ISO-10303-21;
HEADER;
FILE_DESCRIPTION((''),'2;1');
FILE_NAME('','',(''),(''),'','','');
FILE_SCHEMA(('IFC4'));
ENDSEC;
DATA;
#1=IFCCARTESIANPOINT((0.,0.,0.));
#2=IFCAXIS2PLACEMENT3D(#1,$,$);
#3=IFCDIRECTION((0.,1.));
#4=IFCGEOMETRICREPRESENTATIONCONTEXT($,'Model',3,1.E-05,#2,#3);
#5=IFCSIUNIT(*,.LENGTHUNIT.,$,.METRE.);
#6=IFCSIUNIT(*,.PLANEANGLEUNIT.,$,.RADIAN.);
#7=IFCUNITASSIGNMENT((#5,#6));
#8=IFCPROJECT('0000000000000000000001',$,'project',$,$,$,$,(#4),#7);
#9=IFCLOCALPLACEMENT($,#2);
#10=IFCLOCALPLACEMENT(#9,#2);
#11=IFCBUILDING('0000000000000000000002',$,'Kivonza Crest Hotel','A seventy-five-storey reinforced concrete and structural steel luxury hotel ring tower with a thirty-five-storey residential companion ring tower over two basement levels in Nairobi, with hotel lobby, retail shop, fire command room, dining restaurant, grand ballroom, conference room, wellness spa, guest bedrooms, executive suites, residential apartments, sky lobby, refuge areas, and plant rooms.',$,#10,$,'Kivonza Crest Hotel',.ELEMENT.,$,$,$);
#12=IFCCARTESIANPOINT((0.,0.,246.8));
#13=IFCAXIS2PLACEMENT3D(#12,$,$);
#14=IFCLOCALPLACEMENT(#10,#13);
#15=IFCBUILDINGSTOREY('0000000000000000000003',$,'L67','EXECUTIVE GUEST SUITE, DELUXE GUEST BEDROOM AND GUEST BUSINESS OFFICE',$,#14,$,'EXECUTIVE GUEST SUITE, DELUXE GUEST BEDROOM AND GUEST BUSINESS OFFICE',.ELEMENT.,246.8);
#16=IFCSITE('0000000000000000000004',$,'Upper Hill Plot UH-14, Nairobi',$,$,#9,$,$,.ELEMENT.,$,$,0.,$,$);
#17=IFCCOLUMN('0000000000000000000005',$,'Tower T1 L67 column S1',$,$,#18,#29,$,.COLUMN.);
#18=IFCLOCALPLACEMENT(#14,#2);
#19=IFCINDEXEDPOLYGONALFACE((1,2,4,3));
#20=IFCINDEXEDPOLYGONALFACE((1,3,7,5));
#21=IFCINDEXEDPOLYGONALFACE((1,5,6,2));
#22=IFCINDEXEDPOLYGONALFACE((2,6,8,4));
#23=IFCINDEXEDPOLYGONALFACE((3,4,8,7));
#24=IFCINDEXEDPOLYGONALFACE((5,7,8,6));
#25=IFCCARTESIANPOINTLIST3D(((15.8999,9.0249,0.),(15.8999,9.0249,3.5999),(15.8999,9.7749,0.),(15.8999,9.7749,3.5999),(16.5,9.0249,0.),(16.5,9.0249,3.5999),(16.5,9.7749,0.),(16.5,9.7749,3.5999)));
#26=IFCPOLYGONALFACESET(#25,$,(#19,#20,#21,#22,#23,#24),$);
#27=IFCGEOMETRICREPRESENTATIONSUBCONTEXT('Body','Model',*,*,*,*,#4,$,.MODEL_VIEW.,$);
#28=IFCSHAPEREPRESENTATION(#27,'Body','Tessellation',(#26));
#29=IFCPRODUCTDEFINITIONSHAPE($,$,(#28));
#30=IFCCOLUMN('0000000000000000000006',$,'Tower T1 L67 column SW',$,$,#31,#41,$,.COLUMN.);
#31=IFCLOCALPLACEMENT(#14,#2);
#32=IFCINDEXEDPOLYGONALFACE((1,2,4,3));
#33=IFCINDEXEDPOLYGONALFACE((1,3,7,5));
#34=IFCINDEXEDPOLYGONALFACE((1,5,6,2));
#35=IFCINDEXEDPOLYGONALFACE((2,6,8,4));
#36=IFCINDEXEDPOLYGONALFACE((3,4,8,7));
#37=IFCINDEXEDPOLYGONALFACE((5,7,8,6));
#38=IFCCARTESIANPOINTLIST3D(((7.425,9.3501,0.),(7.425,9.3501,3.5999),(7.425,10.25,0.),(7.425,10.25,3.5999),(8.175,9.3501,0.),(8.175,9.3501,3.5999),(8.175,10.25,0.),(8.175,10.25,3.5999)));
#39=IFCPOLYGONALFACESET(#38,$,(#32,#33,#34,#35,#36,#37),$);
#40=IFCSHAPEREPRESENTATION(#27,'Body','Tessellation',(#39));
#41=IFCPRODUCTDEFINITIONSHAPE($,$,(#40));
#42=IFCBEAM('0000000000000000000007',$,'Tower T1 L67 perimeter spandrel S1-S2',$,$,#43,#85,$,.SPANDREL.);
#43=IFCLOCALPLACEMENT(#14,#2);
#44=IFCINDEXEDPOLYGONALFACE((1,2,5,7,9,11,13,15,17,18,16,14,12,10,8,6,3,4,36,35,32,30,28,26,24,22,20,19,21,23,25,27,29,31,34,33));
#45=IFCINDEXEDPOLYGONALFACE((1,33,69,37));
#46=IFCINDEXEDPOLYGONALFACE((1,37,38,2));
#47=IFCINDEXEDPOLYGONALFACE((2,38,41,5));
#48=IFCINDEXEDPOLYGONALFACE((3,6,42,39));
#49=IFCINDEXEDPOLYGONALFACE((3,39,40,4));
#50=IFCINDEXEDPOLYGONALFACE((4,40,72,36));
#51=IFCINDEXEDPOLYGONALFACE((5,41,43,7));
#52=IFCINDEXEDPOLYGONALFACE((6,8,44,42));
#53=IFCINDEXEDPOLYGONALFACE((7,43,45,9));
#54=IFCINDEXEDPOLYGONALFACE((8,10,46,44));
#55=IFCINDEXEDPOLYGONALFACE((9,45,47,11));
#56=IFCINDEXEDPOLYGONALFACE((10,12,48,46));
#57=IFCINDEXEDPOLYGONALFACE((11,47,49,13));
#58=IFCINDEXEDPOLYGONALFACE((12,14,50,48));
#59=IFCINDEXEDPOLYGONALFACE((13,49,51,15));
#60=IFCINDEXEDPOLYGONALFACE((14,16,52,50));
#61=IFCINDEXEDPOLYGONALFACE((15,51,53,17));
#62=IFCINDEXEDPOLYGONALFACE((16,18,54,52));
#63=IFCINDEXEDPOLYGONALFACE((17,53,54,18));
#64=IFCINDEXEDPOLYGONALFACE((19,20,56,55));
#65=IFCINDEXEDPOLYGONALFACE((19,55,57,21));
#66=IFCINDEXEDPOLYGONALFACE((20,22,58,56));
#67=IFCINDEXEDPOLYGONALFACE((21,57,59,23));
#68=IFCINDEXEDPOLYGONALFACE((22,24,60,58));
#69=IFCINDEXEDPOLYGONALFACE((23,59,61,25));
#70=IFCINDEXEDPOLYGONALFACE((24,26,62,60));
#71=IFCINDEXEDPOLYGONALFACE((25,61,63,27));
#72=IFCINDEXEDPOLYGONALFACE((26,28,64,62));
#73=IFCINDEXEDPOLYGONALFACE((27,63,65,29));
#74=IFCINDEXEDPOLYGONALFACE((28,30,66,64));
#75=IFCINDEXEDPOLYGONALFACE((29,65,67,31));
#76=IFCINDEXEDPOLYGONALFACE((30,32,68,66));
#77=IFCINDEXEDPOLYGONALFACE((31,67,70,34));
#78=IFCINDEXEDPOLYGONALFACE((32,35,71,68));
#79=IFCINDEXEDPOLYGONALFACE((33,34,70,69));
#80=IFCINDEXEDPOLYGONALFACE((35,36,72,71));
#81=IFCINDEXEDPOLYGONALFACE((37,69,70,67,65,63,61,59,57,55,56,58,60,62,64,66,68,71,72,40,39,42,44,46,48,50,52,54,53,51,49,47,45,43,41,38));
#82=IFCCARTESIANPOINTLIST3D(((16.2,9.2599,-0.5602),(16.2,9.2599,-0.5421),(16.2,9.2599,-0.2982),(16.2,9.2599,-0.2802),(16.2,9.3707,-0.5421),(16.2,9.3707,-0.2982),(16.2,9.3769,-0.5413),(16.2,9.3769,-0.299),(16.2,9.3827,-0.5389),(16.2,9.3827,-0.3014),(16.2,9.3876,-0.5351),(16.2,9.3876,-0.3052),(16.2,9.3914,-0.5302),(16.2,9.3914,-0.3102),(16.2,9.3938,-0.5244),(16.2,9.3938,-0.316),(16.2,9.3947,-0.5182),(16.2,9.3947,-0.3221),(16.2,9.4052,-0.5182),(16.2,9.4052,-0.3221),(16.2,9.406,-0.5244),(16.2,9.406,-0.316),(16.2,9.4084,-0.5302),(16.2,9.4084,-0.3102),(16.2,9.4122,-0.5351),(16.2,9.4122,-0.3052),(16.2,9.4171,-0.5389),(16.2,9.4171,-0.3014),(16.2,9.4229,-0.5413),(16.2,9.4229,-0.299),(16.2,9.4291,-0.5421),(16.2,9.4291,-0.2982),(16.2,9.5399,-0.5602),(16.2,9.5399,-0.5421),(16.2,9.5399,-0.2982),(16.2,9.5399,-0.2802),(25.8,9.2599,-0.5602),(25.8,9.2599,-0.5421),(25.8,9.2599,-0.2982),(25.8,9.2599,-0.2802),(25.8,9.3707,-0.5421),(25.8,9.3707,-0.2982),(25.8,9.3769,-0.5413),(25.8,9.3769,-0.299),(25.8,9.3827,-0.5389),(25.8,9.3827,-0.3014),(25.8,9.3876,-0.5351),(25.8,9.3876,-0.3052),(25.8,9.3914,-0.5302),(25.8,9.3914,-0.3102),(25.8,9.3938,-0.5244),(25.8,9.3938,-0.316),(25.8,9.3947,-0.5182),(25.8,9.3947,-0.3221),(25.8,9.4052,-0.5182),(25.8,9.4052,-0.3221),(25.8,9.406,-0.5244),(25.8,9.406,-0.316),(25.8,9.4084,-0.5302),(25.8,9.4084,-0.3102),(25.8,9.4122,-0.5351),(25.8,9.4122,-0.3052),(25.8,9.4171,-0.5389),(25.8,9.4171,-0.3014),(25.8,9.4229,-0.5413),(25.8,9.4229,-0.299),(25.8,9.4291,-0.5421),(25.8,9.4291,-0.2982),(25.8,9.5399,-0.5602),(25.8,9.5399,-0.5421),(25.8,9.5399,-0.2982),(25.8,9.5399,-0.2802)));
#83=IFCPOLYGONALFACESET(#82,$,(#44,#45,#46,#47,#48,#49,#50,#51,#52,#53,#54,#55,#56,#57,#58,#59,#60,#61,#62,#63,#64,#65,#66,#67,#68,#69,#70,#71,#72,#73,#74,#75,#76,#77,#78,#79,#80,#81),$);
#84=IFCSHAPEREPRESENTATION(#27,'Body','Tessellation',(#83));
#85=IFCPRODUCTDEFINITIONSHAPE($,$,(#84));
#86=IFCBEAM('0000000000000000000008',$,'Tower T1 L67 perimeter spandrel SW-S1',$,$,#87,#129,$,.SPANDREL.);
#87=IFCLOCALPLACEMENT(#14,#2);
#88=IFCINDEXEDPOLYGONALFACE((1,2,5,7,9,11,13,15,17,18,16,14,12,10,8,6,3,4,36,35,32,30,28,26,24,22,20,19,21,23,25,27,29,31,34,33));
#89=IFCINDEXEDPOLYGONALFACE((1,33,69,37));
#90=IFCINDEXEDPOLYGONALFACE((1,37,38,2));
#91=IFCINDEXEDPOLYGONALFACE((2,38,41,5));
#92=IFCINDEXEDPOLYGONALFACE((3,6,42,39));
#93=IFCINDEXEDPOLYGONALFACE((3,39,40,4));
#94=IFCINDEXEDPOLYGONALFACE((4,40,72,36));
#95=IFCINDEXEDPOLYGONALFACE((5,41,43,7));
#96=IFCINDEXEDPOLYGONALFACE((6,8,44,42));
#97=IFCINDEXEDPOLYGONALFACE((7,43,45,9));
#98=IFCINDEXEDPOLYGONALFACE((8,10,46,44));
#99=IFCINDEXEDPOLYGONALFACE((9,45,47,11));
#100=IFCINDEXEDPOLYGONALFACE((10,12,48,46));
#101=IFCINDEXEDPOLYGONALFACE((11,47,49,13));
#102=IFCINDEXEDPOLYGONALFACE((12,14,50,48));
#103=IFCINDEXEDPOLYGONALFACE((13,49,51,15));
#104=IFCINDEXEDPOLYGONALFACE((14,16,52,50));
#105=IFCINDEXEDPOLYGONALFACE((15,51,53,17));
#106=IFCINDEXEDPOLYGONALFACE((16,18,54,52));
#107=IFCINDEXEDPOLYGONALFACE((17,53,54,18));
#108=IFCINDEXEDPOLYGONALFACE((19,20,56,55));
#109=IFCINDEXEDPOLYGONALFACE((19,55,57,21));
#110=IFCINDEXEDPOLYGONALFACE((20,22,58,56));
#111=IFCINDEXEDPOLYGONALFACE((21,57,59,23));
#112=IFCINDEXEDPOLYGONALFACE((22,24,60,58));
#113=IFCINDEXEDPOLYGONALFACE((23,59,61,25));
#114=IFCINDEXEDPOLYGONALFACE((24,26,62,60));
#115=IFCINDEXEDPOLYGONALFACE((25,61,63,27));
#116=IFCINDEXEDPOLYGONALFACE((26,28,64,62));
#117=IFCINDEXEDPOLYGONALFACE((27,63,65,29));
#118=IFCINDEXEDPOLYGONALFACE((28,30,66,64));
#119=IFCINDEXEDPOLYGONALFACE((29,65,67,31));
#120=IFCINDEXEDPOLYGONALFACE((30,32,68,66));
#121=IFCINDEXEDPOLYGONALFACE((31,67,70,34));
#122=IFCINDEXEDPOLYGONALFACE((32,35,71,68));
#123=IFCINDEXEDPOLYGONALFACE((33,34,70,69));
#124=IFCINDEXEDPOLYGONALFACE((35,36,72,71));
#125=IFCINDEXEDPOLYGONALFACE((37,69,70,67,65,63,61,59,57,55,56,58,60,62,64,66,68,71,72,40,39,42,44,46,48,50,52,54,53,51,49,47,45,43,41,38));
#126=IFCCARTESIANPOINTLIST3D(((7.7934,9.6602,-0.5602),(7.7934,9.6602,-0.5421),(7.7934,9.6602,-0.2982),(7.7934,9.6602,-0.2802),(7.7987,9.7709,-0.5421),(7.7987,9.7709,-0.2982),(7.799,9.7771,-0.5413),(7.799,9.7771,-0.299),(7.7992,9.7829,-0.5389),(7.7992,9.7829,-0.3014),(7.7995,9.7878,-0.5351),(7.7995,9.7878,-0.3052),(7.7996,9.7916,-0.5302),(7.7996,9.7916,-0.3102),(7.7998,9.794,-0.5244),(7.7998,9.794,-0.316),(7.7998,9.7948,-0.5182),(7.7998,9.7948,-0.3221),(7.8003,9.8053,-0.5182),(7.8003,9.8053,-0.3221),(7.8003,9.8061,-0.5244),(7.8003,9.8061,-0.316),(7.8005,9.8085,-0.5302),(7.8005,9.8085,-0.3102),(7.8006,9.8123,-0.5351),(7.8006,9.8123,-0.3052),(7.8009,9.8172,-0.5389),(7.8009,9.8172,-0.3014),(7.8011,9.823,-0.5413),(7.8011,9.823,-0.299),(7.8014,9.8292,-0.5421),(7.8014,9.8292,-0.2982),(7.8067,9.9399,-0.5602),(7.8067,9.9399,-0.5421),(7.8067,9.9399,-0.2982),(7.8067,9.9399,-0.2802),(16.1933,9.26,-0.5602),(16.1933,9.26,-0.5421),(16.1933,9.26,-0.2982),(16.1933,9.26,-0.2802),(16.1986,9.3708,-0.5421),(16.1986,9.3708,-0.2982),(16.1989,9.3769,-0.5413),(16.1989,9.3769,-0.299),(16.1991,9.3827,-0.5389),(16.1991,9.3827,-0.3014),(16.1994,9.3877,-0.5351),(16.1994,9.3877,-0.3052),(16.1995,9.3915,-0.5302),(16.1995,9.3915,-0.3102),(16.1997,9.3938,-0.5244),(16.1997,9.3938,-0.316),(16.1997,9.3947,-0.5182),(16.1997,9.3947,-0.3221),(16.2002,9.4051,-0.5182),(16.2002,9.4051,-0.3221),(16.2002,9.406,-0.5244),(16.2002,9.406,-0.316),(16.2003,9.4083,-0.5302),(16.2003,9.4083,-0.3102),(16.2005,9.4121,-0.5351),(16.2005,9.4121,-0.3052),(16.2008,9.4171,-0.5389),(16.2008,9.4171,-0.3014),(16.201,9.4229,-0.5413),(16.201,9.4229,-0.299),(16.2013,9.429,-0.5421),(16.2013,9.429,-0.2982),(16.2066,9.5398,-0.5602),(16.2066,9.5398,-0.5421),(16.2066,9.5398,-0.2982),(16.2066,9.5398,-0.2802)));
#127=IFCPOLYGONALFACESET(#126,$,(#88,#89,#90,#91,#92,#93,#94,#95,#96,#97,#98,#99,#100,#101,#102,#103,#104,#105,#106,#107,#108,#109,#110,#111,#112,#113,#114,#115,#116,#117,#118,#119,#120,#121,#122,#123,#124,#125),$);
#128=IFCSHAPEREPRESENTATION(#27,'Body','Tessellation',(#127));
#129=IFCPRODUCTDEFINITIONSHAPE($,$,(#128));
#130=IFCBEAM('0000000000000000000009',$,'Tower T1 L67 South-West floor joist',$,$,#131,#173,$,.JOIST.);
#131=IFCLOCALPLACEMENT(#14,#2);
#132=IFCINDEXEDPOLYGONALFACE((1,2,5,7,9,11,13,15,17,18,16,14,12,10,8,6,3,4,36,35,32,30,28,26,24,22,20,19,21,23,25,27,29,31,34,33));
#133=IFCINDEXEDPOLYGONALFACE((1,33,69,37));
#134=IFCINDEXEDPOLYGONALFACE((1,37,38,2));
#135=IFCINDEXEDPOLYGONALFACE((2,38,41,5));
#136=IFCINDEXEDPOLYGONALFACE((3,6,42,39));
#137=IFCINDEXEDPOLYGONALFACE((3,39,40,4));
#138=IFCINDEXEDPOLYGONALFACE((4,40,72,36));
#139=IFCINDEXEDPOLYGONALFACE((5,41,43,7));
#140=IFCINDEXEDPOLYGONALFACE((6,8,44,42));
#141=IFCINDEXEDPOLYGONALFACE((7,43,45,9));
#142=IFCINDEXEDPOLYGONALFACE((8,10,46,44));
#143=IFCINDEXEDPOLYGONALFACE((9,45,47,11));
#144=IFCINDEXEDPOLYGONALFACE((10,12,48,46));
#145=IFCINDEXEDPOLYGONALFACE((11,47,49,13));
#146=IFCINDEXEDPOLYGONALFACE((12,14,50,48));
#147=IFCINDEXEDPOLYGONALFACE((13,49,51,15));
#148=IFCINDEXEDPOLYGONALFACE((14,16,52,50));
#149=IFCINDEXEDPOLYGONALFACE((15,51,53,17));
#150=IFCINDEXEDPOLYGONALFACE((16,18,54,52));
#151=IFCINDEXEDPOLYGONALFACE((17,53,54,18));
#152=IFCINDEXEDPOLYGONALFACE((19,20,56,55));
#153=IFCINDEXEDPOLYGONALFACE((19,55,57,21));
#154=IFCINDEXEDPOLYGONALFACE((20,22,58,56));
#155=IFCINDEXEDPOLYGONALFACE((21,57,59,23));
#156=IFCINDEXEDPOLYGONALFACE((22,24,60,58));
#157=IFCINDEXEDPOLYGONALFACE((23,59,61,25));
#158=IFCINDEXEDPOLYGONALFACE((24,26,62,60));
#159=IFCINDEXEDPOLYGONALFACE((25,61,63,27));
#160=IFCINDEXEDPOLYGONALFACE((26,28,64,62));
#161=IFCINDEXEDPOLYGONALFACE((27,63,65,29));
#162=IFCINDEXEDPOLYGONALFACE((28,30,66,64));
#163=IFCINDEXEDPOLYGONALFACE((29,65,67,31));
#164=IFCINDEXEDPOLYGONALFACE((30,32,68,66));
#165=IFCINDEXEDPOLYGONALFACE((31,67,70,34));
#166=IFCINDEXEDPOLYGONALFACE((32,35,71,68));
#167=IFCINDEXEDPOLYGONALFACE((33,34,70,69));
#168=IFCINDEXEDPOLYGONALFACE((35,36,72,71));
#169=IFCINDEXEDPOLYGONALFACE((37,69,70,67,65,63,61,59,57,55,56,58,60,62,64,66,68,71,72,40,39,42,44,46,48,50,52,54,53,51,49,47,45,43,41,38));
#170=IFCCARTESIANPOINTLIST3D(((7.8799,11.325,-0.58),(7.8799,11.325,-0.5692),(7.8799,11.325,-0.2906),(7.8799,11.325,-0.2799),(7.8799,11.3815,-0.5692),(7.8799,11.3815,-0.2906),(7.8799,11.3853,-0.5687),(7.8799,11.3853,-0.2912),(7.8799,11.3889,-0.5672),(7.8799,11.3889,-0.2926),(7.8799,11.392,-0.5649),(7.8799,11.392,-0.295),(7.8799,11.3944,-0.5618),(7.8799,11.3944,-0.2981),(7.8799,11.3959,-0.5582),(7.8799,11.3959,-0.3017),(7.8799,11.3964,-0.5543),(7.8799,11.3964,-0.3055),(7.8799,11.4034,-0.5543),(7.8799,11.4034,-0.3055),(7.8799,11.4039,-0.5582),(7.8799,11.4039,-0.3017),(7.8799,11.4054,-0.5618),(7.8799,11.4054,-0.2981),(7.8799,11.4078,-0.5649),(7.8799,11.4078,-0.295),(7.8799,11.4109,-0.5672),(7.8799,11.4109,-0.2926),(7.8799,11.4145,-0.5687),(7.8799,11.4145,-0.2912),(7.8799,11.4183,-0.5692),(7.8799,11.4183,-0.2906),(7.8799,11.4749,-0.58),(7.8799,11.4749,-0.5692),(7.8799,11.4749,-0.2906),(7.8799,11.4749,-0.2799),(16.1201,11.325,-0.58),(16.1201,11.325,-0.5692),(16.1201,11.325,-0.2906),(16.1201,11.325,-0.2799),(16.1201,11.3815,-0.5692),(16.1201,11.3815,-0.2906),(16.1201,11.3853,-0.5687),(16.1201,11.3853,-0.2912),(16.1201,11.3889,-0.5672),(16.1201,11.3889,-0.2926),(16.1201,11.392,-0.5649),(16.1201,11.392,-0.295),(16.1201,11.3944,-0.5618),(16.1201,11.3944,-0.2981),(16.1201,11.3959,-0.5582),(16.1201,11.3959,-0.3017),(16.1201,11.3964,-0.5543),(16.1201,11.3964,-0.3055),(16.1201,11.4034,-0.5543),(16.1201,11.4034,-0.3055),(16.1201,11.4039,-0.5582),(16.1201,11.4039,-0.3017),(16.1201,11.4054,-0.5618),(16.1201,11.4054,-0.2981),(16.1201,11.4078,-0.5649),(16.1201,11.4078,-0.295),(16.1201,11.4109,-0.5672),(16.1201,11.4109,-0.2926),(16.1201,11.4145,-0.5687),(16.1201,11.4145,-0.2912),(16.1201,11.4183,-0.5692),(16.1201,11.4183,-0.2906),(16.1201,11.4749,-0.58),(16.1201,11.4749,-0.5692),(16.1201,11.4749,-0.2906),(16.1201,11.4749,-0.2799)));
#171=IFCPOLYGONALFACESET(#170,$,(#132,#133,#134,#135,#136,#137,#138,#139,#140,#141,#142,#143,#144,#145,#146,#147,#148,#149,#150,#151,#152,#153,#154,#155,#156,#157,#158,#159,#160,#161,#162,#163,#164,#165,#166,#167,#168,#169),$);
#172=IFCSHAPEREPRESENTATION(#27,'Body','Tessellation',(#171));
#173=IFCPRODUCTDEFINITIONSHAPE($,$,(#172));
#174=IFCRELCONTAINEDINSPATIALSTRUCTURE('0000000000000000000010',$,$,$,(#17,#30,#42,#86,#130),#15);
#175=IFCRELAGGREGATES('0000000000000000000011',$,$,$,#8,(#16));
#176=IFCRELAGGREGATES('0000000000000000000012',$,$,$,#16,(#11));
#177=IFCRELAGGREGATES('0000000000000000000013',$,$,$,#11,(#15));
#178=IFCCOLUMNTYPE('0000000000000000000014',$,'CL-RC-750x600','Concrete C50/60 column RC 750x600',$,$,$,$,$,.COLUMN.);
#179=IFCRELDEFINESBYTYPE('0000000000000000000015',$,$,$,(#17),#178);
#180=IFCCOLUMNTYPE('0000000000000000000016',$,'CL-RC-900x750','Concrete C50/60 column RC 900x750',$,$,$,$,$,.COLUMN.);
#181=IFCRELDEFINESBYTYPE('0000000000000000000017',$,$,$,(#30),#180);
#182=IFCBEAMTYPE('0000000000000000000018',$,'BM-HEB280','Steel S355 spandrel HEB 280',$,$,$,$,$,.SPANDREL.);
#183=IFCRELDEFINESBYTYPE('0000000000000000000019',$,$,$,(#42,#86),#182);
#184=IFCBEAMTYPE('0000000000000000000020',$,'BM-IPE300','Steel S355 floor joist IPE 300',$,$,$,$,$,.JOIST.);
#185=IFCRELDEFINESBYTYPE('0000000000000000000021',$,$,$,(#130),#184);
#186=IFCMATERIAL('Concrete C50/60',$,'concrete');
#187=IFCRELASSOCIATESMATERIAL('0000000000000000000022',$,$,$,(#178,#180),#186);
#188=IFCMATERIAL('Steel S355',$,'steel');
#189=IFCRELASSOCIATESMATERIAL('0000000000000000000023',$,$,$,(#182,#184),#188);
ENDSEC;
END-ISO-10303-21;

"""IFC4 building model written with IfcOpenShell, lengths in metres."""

from ifc_helpers import new_model, si_unit, direction, frame, origin, origin_2d, place, context, subcontext, project, spatial, rectangle, i_section, extrude, material, material_profile, profile_set, type_object, element, save


model = new_model("IFC4")

# Units and contexts
model_context = context("Model", 3, precision=1e-05, world=origin(), true_north=direction((0.0, 1.0)))
body_context = subcontext(model_context, "Body", "Model", "MODEL_VIEW")
ifc_project = project(units=[si_unit("LENGTHUNIT", "METRE"), si_unit("PLANEANGLEUNIT", "RADIAN")], contexts=[model_context])

# Site, building, storey
site_placement = place(None, origin())
site = spatial("IfcSite", under=ifc_project, at=site_placement, Name="Upper Hill Plot UH-14, Nairobi", CompositionType="ELEMENT", RefElevation=0.0)
building_placement = place(site_placement, origin())
building = spatial("IfcBuilding", under=site, at=building_placement, Name="Kivonza Crest Hotel", Description="A seventy-five-storey reinforced concrete and structural steel luxury hotel ring tower with a thirty-five-storey residential companion ring tower over two basement levels in Nairobi, with hotel lobby, retail shop, fire command room, dining restaurant, grand ballroom, conference room, wellness spa, guest bedrooms, executive suites, residential apartments, sky lobby, refuge areas, and plant rooms.", LongName="Kivonza Crest Hotel", CompositionType="ELEMENT")
storey_placement = place(building_placement, frame((0.0, 0.0, 246.8)))
storey = spatial("IfcBuildingStorey", under=building, at=storey_placement, Name="L67", Description="EXECUTIVE GUEST SUITE, DELUXE GUEST BEDROOM AND GUEST BUSINESS OFFICE", LongName="EXECUTIVE GUEST SUITE, DELUXE GUEST BEDROOM AND GUEST BUSINESS OFFICE", CompositionType="ELEMENT", Elevation=246.8)

# Columns
ifc_material_1 = material(Name="Concrete C50/60", Category="concrete")
ifc_material_profile_1 = material_profile(ifc_material_1, rectangle(XDim=0.6001, YDim=0.75, at=origin_2d()), Name="RC 750x600")
ifc_profile_set_1 = profile_set([ifc_material_profile_1], Name="Concrete C50/60")
column_type_1 = type_object("IfcColumnType", Name="CL-RC-750x600", Description="Concrete C50/60 column RC 750x600", PredefinedType="COLUMN", material=ifc_profile_set_1)
column_1_placement = place(storey_placement, frame((16.2, 9.3999, 0.0), z_axis=(0.0, 0.0, 1.0), x_axis=(1.0, 0.0, 0.0)))
element("IfcColumn", 1, at=column_1_placement, inside=storey, type_object=column_type_1, Name="Tower T1 L67 column S1", PredefinedType="COLUMN", context=body_context, shape_type="SweptSolid", body=[
    extrude(rectangle(XDim=0.6001, YDim=0.75, at=origin_2d()), origin(), (0.0, 0.0, 1.0), 3.5999),
])
ifc_material_profile_2 = material_profile(ifc_material_1, rectangle(XDim=0.75, YDim=0.8999, at=origin_2d()), Name="RC 900x750")
ifc_profile_set_2 = profile_set([ifc_material_profile_2], Name="Concrete C50/60")
column_type_2 = type_object("IfcColumnType", Name="CL-RC-900x750", Description="Concrete C50/60 column RC 900x750", PredefinedType="COLUMN", material=ifc_profile_set_2)
column_2_placement = place(storey_placement, frame((7.8, 9.8, 0.0), z_axis=(0.0, 0.0, 1.0), x_axis=(1.0, 0.0, 0.0)))
element("IfcColumn", 2, at=column_2_placement, inside=storey, type_object=column_type_2, Name="Tower T1 L67 column SW", PredefinedType="COLUMN", context=body_context, shape_type="SweptSolid", body=[
    extrude(rectangle(XDim=0.75, YDim=0.8999, at=origin_2d()), origin(), (0.0, 0.0, 1.0), 3.5999),
])

# Beams
ifc_material_2 = material(Name="Steel S355", Category="steel")
ifc_material_profile_3 = material_profile(ifc_material_2, i_section(OverallWidth=0.28, OverallDepth=0.28, WebThickness=0.0105, FlangeThickness=0.0181, FilletRadius=0.0239, at=origin_2d()), Name="HEB 280")
ifc_profile_set_3 = profile_set([ifc_material_profile_3], Name="Steel S355")
beam_type_1 = type_object("IfcBeamType", Name="BM-HEB280", Description="Steel S355 spandrel HEB 280", PredefinedType="SPANDREL", material=ifc_profile_set_3)
beam_1_placement = place(storey_placement, frame((16.2, 9.3999, -0.4202), z_axis=(1.0, 0.0, 0.0), x_axis=(0.0, 1.0, 0.0)))
element("IfcBeam", 3, at=beam_1_placement, inside=storey, type_object=beam_type_1, Name="Tower T1 L67 perimeter spandrel S1-S2", PredefinedType="SPANDREL", context=body_context, shape_type="SweptSolid", body=[
    extrude(i_section(OverallWidth=0.28, OverallDepth=0.28, WebThickness=0.0105, FlangeThickness=0.0181, FilletRadius=0.0239, at=origin_2d()), origin(), (0.0, 0.0, 1.0), 9.6001),
])
beam_2_placement = place(storey_placement, frame((7.8, 9.8, -0.4202), z_axis=(0.998867, -0.047583, 0.0), x_axis=(0.047583, 0.998867, 0.0)))
element("IfcBeam", 4, at=beam_2_placement, inside=storey, type_object=beam_type_1, Name="Tower T1 L67 perimeter spandrel SW-S1", PredefinedType="SPANDREL", context=body_context, shape_type="SweptSolid", body=[
    extrude(i_section(OverallWidth=0.28, OverallDepth=0.28, WebThickness=0.0105, FlangeThickness=0.0181, FilletRadius=0.0239, at=origin_2d()), origin(), (0.0, 0.0, 1.0), 8.4094),
])
ifc_material_profile_4 = material_profile(ifc_material_2, i_section(OverallWidth=0.1499, OverallDepth=0.3, WebThickness=0.0071, FlangeThickness=0.0107, FilletRadius=0.0149, at=origin_2d()), Name="IPE 300")
ifc_profile_set_4 = profile_set([ifc_material_profile_4], Name="Steel S355")
beam_type_2 = type_object("IfcBeamType", Name="BM-IPE300", Description="Steel S355 floor joist IPE 300", PredefinedType="JOIST", material=ifc_profile_set_4)
beam_3_placement = place(storey_placement, frame((7.8799, 11.3999, -0.4299), z_axis=(1.0, 0.0, 0.0), x_axis=(0.0, 1.0, 0.0)))
element("IfcBeam", 5, at=beam_3_placement, inside=storey, type_object=beam_type_2, Name="Tower T1 L67 South-West floor joist", PredefinedType="JOIST", context=body_context, shape_type="SweptSolid", body=[
    extrude(i_section(OverallWidth=0.1499, OverallDepth=0.3, WebThickness=0.0071, FlangeThickness=0.0107, FilletRadius=0.0149, at=origin_2d()), origin(), (0.0, 0.0, 1.0), 8.2402),
])

save(model, "model.ifc")
